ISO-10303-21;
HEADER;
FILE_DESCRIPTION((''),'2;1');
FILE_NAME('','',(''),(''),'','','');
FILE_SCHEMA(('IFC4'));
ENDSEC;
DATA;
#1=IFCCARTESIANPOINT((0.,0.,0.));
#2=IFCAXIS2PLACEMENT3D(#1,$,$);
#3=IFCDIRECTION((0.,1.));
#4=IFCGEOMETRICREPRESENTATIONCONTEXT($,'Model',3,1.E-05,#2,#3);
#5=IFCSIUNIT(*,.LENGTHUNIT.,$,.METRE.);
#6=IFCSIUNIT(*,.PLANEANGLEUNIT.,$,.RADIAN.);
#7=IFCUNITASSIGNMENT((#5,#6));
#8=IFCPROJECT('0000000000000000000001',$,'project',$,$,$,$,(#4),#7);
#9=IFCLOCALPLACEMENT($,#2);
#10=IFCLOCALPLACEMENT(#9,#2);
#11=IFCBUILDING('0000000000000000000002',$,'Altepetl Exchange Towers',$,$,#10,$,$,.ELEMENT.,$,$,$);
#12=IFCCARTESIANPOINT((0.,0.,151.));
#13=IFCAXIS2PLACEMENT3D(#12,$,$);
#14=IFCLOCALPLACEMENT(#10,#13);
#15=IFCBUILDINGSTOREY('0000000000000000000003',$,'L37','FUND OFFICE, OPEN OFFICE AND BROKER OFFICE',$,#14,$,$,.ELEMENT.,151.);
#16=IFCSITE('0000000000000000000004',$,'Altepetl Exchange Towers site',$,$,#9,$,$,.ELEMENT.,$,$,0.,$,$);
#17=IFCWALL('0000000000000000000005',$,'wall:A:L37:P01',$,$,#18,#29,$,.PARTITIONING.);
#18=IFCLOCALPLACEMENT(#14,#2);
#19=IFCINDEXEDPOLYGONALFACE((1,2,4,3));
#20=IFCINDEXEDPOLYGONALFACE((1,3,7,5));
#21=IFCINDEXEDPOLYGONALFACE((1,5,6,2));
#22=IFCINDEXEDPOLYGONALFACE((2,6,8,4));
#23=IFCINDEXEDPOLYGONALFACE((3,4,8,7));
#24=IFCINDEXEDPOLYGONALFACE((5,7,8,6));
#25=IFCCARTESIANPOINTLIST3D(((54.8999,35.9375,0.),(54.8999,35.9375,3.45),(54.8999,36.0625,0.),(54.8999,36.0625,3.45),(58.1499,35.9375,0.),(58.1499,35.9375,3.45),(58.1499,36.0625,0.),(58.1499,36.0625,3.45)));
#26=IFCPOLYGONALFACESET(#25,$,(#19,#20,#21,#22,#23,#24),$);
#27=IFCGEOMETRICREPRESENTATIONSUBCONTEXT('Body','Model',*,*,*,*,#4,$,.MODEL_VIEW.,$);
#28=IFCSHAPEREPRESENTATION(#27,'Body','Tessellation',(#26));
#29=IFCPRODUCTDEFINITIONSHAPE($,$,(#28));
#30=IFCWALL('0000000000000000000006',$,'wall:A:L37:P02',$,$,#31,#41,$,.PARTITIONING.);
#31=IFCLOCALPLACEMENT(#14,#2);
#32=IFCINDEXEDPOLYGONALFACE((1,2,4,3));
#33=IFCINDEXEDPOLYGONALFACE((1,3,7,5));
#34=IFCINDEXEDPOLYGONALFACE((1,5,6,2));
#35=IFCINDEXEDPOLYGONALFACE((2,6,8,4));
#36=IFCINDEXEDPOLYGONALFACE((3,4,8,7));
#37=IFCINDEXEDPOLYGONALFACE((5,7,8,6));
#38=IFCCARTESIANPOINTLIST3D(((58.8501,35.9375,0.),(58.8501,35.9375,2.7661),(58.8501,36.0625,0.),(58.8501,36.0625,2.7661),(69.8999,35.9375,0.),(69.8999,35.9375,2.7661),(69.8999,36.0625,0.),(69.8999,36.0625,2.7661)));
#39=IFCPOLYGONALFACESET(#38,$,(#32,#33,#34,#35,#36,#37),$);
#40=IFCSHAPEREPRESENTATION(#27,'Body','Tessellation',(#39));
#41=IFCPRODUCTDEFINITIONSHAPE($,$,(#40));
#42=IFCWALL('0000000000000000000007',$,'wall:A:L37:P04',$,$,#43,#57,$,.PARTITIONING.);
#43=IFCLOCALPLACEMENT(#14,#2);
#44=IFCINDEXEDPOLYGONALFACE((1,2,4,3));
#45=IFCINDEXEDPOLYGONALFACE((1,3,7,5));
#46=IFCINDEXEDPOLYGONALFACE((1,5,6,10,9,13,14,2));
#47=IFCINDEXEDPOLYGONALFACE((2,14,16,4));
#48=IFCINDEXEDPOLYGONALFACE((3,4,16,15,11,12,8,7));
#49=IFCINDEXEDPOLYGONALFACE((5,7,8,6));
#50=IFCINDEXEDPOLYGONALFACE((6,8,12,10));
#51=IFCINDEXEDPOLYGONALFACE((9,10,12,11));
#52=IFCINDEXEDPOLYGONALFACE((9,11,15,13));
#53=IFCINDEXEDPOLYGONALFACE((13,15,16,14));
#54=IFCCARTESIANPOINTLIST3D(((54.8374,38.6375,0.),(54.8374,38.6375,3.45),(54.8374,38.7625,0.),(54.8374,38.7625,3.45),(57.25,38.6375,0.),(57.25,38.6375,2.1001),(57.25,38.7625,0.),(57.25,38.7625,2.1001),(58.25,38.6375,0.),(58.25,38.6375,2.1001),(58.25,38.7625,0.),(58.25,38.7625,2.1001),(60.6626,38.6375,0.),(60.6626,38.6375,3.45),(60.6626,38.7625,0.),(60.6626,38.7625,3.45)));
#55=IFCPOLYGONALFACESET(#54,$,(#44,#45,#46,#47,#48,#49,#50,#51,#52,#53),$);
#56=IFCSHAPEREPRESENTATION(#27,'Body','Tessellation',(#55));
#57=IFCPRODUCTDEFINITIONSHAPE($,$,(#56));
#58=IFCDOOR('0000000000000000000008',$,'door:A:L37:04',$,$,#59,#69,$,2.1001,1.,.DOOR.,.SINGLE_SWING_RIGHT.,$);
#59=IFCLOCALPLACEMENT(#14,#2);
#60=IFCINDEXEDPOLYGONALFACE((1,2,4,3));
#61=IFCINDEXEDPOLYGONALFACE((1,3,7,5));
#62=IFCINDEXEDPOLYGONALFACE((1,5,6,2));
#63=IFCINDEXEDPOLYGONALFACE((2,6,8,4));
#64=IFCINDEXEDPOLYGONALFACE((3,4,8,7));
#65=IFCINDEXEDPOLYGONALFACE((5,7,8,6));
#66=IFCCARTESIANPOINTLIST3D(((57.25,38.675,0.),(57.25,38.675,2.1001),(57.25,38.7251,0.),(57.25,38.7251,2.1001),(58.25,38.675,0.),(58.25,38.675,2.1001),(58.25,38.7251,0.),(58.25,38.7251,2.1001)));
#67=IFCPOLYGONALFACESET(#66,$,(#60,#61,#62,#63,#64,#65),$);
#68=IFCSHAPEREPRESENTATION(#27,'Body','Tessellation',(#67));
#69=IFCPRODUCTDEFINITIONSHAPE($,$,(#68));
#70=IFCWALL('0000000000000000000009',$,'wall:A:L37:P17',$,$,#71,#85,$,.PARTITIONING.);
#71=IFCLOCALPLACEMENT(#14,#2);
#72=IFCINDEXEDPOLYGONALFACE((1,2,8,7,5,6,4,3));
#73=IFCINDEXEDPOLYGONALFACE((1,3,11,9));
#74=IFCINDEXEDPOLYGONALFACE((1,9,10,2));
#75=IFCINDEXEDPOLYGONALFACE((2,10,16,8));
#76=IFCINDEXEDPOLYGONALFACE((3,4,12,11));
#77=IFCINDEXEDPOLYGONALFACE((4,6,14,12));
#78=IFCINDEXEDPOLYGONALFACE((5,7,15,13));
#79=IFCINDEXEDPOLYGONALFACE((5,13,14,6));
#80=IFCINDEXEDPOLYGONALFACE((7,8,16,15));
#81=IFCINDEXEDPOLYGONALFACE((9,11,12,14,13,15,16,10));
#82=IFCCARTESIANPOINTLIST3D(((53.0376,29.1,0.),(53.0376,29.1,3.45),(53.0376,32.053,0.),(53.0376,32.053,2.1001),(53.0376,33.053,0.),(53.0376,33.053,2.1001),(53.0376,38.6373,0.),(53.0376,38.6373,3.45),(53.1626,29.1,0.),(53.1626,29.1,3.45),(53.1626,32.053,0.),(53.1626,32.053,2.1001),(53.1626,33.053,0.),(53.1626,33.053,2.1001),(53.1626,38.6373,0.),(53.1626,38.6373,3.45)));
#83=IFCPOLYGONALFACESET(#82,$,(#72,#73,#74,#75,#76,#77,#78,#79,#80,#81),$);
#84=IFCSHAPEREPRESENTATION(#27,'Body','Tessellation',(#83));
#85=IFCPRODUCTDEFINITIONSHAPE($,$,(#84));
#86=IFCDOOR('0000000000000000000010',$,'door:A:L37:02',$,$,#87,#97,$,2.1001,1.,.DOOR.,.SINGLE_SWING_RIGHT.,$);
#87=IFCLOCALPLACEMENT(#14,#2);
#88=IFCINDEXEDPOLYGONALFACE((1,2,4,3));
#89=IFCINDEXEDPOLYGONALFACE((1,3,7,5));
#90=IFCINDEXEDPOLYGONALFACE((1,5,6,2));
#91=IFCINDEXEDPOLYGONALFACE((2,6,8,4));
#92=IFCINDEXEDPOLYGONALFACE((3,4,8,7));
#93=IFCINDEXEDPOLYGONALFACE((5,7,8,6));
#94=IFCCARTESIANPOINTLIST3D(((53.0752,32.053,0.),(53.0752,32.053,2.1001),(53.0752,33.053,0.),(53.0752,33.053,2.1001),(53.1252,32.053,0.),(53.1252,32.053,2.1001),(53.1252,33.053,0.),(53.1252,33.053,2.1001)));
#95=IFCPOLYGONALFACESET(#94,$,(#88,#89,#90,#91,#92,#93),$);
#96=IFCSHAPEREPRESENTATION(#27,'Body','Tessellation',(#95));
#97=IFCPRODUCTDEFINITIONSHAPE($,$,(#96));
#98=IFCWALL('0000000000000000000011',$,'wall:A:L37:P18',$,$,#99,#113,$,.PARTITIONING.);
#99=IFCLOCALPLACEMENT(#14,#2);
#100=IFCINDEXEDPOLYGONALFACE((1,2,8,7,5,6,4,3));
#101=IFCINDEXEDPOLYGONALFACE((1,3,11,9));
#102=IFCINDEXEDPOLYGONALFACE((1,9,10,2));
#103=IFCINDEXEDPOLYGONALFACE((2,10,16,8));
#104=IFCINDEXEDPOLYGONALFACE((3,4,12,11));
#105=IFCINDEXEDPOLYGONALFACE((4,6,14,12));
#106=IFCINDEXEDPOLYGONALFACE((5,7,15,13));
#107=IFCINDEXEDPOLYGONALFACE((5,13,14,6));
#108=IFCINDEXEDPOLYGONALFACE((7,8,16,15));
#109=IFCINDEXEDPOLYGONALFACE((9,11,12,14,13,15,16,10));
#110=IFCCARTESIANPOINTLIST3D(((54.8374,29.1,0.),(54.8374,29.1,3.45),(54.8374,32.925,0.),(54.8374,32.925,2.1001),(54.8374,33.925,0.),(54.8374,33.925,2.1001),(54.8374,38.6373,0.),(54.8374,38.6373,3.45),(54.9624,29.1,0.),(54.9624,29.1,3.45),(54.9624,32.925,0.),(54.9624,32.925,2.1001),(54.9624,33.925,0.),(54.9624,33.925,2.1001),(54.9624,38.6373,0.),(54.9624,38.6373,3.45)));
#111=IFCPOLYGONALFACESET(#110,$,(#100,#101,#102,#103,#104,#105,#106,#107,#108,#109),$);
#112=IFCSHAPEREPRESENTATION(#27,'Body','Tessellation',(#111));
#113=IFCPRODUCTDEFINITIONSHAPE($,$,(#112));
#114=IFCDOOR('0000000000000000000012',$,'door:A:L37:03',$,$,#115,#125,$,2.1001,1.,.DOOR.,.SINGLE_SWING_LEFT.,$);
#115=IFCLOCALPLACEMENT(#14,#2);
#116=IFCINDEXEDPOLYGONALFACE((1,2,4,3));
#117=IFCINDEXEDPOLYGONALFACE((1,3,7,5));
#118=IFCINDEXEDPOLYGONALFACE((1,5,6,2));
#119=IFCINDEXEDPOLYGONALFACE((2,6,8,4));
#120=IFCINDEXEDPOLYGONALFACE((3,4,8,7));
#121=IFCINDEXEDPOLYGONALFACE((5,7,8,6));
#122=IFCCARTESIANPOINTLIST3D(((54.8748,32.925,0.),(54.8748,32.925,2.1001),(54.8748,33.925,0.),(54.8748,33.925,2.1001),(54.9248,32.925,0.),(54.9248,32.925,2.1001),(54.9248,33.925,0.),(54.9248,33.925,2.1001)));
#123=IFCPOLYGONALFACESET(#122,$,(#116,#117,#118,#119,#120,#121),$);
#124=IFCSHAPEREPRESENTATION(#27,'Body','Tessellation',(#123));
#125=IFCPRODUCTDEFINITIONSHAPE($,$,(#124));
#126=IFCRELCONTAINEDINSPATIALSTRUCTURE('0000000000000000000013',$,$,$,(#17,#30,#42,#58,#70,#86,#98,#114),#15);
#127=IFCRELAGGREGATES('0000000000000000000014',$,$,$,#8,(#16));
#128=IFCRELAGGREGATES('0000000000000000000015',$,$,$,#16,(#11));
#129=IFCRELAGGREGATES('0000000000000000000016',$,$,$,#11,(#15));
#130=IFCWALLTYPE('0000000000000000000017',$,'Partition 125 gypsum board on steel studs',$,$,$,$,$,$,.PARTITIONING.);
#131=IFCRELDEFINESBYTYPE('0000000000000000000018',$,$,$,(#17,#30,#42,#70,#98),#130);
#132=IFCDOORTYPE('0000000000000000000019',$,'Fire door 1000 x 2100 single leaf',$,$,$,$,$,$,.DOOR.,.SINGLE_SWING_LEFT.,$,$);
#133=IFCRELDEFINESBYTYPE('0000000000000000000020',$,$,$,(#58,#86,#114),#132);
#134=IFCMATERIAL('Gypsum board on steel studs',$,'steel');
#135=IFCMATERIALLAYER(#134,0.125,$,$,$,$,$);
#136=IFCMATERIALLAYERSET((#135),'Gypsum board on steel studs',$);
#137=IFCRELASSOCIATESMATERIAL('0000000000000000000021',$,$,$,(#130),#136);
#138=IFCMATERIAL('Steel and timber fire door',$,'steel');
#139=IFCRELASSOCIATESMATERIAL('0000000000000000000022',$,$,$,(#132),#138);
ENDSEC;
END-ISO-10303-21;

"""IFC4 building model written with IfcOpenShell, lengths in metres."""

from ifc_helpers import new_model, si_unit, direction, frame, frame_2d, origin, place, context, subcontext, project, spatial, rectangle, extrude, material, layer, layer_set, type_object, element, fill, save


model = new_model("IFC4")

# Units and contexts
model_context = context("Model", 3, precision=1e-05, world=origin(), true_north=direction((0.0, 1.0)))
body_context = subcontext(model_context, "Body", "Model", "MODEL_VIEW")
ifc_project = project(units=[si_unit("LENGTHUNIT", "METRE"), si_unit("PLANEANGLEUNIT", "RADIAN")], contexts=[model_context])

# Site, building, storey
site_placement = place(None, origin())
site = spatial("IfcSite", under=ifc_project, at=site_placement, Name="Altepetl Exchange Towers site", CompositionType="ELEMENT", RefElevation=0.0)
building_placement = place(site_placement, origin())
building = spatial("IfcBuilding", under=site, at=building_placement, Name="Altepetl Exchange Towers", CompositionType="ELEMENT")
storey_placement = place(building_placement, frame((0.0, 0.0, 151.0)))
storey = spatial("IfcBuildingStorey", under=building, at=storey_placement, Name="L37", Description="FUND OFFICE, OPEN OFFICE AND BROKER OFFICE", CompositionType="ELEMENT", Elevation=151.0)

# Walls
ifc_material_1 = material(Name="Gypsum board on steel studs", Category="steel")
ifc_layer_1 = layer(ifc_material_1, 0.125)
ifc_layer_set_1 = layer_set([ifc_layer_1], Name="Gypsum board on steel studs")
wall_type = type_object("IfcWallType", Name="Partition 125 gypsum board on steel studs", PredefinedType="PARTITIONING", material=ifc_layer_set_1)
wall_1_placement = place(storey_placement, frame((54.8999, 36.0, 0.0)))
element("IfcWall", 1, at=wall_1_placement, inside=storey, type_object=wall_type, Name="wall:A:L37:P01", PredefinedType="PARTITIONING", context=body_context, shape_type="SweptSolid", body=[
    extrude(rectangle(XDim=3.25, YDim=0.125, at=frame_2d((1.625, 0.0))), origin(), (0.0, 0.0, 1.0), 3.45),
])
wall_2_placement = place(storey_placement, frame((58.8501, 36.0, 0.0)))
element("IfcWall", 2, at=wall_2_placement, inside=storey, type_object=wall_type, Name="wall:A:L37:P02", PredefinedType="PARTITIONING", context=body_context, shape_type="SweptSolid", body=[
    extrude(rectangle(XDim=11.0498, YDim=0.125, at=frame_2d((5.5249, 0.0))), origin(), (0.0, 0.0, 1.0), 2.7661),
])

# Walls, openings, doors
wall_3_placement = place(storey_placement, frame((54.8374, 38.7, 0.0)))
wall_3 = element("IfcWall", 3, at=wall_3_placement, inside=storey, type_object=wall_type, Name="wall:A:L37:P04", PredefinedType="PARTITIONING", context=body_context, shape_type="SweptSolid", body=[
    extrude(rectangle(XDim=5.8252, YDim=0.125, at=frame_2d((2.9126, 0.0))), origin(), (0.0, 0.0, 1.0), 3.45),
])
opening_1_placement = place(wall_3_placement, frame((2.4126, 0.0, 0.0)))
opening_1 = element("IfcOpeningElement", 4, at=opening_1_placement, cuts=wall_3, PredefinedType="OPENING", context=body_context, shape_type="SweptSolid", body=[
    extrude(rectangle(XDim=1.0, YDim=2.1001, at=frame_2d((0.5, 1.05))), frame((0.0, 0.0725, 0.0), z_axis=(0.0, -1.0, 0.0), x_axis=(1.0, 0.0, 0.0)), (0.0, 0.0, 1.0), 0.145),
])
ifc_material_2 = material(Name="Steel and timber fire door", Category="steel")
door_type = type_object("IfcDoorType", Name="Fire door 1000 x 2100 single leaf", OperationType="SINGLE_SWING_LEFT", PredefinedType="DOOR", material=ifc_material_2)
door_1_placement = place(opening_1_placement, frame((1.0, 0.0, 0.0), x_axis=(-1.0, 0.0, 0.0)))
door_1 = element("IfcDoor", 5, at=door_1_placement, inside=storey, type_object=door_type, Name="door:A:L37:04", OperationType="SINGLE_SWING_RIGHT", OverallHeight=2.1001, OverallWidth=1.0, PredefinedType="DOOR", context=body_context, shape_type="SweptSolid", body=[
    extrude(rectangle(XDim=1.0, YDim=2.1001, at=frame_2d((0.5, 1.05))), frame((0.0, 0.0249, 0.0), z_axis=(0.0, -1.0, 0.0), x_axis=(1.0, 0.0, 0.0)), (0.0, 0.0, 1.0), 0.05),
])
fill(opening_1, door_1)
wall_4_placement = place(storey_placement, frame((53.1001, 29.1001, 0.0), z_axis=(0.0, 0.0, 1.0), x_axis=(0.0, 1.0, 0.0)))
wall_4 = element("IfcWall", 6, at=wall_4_placement, inside=storey, type_object=wall_type, Name="wall:A:L37:P17", PredefinedType="PARTITIONING", context=body_context, shape_type="SweptSolid", body=[
    extrude(rectangle(XDim=9.5374, YDim=0.125, at=frame_2d((4.7686, 0.0))), origin(), (0.0, 0.0, 1.0), 3.45),
])
opening_2_placement = place(wall_4_placement, frame((2.9529, 0.0, 0.0)))
opening_2 = element("IfcOpeningElement", 7, at=opening_2_placement, cuts=wall_4, PredefinedType="OPENING", context=body_context, shape_type="SweptSolid", body=[
    extrude(rectangle(XDim=1.0, YDim=2.1001, at=frame_2d((0.5, 1.05))), frame((0.0, 0.0725, 0.0), z_axis=(0.0, -1.0, 0.0), x_axis=(1.0, 0.0, 0.0)), (0.0, 0.0, 1.0), 0.145),
])
door_2_placement = place(opening_2_placement, origin())
door_2 = element("IfcDoor", 8, at=door_2_placement, inside=storey, type_object=door_type, Name="door:A:L37:02", OperationType="SINGLE_SWING_RIGHT", OverallHeight=2.1001, OverallWidth=1.0, PredefinedType="DOOR", context=body_context, shape_type="SweptSolid", body=[
    extrude(rectangle(XDim=1.0, YDim=2.1001, at=frame_2d((0.5, 1.05))), frame((0.0, 0.0249, 0.0), z_axis=(0.0, -1.0, 0.0), x_axis=(1.0, 0.0, 0.0)), (0.0, 0.0, 1.0), 0.05),
])
fill(opening_2, door_2)
wall_5_placement = place(storey_placement, frame((54.8999, 29.1001, 0.0), z_axis=(0.0, 0.0, 1.0), x_axis=(0.0, 1.0, 0.0)))
wall_5 = element("IfcWall", 9, at=wall_5_placement, inside=storey, type_object=wall_type, Name="wall:A:L37:P18", PredefinedType="PARTITIONING", context=body_context, shape_type="SweptSolid", body=[
    extrude(rectangle(XDim=9.5374, YDim=0.125, at=frame_2d((4.7686, 0.0))), origin(), (0.0, 0.0, 1.0), 3.45),
])
opening_3_placement = place(wall_5_placement, frame((3.825, 0.0, 0.0)))
opening_3 = element("IfcOpeningElement", 10, at=opening_3_placement, cuts=wall_5, PredefinedType="OPENING", context=body_context, shape_type="SweptSolid", body=[
    extrude(rectangle(XDim=1.0, YDim=2.1001, at=frame_2d((0.5, 1.05))), frame((0.0, 0.0725, 0.0), z_axis=(0.0, -1.0, 0.0), x_axis=(1.0, 0.0, 0.0)), (0.0, 0.0, 1.0), 0.145),
])
door_3_placement = place(opening_3_placement, frame((1.0, 0.0, 0.0), x_axis=(-1.0, 0.0, 0.0)))
door_3 = element("IfcDoor", 11, at=door_3_placement, inside=storey, type_object=door_type, Name="door:A:L37:03", OperationType="SINGLE_SWING_LEFT", OverallHeight=2.1001, OverallWidth=1.0, PredefinedType="DOOR", context=body_context, shape_type="SweptSolid", body=[
    extrude(rectangle(XDim=1.0, YDim=2.1001, at=frame_2d((0.5, 1.05))), frame((0.0, 0.0249, 0.0), z_axis=(0.0, -1.0, 0.0), x_axis=(1.0, 0.0, 0.0)), (0.0, 0.0, 1.0), 0.05),
])
fill(opening_3, door_3)

save(model, "model.ifc")
